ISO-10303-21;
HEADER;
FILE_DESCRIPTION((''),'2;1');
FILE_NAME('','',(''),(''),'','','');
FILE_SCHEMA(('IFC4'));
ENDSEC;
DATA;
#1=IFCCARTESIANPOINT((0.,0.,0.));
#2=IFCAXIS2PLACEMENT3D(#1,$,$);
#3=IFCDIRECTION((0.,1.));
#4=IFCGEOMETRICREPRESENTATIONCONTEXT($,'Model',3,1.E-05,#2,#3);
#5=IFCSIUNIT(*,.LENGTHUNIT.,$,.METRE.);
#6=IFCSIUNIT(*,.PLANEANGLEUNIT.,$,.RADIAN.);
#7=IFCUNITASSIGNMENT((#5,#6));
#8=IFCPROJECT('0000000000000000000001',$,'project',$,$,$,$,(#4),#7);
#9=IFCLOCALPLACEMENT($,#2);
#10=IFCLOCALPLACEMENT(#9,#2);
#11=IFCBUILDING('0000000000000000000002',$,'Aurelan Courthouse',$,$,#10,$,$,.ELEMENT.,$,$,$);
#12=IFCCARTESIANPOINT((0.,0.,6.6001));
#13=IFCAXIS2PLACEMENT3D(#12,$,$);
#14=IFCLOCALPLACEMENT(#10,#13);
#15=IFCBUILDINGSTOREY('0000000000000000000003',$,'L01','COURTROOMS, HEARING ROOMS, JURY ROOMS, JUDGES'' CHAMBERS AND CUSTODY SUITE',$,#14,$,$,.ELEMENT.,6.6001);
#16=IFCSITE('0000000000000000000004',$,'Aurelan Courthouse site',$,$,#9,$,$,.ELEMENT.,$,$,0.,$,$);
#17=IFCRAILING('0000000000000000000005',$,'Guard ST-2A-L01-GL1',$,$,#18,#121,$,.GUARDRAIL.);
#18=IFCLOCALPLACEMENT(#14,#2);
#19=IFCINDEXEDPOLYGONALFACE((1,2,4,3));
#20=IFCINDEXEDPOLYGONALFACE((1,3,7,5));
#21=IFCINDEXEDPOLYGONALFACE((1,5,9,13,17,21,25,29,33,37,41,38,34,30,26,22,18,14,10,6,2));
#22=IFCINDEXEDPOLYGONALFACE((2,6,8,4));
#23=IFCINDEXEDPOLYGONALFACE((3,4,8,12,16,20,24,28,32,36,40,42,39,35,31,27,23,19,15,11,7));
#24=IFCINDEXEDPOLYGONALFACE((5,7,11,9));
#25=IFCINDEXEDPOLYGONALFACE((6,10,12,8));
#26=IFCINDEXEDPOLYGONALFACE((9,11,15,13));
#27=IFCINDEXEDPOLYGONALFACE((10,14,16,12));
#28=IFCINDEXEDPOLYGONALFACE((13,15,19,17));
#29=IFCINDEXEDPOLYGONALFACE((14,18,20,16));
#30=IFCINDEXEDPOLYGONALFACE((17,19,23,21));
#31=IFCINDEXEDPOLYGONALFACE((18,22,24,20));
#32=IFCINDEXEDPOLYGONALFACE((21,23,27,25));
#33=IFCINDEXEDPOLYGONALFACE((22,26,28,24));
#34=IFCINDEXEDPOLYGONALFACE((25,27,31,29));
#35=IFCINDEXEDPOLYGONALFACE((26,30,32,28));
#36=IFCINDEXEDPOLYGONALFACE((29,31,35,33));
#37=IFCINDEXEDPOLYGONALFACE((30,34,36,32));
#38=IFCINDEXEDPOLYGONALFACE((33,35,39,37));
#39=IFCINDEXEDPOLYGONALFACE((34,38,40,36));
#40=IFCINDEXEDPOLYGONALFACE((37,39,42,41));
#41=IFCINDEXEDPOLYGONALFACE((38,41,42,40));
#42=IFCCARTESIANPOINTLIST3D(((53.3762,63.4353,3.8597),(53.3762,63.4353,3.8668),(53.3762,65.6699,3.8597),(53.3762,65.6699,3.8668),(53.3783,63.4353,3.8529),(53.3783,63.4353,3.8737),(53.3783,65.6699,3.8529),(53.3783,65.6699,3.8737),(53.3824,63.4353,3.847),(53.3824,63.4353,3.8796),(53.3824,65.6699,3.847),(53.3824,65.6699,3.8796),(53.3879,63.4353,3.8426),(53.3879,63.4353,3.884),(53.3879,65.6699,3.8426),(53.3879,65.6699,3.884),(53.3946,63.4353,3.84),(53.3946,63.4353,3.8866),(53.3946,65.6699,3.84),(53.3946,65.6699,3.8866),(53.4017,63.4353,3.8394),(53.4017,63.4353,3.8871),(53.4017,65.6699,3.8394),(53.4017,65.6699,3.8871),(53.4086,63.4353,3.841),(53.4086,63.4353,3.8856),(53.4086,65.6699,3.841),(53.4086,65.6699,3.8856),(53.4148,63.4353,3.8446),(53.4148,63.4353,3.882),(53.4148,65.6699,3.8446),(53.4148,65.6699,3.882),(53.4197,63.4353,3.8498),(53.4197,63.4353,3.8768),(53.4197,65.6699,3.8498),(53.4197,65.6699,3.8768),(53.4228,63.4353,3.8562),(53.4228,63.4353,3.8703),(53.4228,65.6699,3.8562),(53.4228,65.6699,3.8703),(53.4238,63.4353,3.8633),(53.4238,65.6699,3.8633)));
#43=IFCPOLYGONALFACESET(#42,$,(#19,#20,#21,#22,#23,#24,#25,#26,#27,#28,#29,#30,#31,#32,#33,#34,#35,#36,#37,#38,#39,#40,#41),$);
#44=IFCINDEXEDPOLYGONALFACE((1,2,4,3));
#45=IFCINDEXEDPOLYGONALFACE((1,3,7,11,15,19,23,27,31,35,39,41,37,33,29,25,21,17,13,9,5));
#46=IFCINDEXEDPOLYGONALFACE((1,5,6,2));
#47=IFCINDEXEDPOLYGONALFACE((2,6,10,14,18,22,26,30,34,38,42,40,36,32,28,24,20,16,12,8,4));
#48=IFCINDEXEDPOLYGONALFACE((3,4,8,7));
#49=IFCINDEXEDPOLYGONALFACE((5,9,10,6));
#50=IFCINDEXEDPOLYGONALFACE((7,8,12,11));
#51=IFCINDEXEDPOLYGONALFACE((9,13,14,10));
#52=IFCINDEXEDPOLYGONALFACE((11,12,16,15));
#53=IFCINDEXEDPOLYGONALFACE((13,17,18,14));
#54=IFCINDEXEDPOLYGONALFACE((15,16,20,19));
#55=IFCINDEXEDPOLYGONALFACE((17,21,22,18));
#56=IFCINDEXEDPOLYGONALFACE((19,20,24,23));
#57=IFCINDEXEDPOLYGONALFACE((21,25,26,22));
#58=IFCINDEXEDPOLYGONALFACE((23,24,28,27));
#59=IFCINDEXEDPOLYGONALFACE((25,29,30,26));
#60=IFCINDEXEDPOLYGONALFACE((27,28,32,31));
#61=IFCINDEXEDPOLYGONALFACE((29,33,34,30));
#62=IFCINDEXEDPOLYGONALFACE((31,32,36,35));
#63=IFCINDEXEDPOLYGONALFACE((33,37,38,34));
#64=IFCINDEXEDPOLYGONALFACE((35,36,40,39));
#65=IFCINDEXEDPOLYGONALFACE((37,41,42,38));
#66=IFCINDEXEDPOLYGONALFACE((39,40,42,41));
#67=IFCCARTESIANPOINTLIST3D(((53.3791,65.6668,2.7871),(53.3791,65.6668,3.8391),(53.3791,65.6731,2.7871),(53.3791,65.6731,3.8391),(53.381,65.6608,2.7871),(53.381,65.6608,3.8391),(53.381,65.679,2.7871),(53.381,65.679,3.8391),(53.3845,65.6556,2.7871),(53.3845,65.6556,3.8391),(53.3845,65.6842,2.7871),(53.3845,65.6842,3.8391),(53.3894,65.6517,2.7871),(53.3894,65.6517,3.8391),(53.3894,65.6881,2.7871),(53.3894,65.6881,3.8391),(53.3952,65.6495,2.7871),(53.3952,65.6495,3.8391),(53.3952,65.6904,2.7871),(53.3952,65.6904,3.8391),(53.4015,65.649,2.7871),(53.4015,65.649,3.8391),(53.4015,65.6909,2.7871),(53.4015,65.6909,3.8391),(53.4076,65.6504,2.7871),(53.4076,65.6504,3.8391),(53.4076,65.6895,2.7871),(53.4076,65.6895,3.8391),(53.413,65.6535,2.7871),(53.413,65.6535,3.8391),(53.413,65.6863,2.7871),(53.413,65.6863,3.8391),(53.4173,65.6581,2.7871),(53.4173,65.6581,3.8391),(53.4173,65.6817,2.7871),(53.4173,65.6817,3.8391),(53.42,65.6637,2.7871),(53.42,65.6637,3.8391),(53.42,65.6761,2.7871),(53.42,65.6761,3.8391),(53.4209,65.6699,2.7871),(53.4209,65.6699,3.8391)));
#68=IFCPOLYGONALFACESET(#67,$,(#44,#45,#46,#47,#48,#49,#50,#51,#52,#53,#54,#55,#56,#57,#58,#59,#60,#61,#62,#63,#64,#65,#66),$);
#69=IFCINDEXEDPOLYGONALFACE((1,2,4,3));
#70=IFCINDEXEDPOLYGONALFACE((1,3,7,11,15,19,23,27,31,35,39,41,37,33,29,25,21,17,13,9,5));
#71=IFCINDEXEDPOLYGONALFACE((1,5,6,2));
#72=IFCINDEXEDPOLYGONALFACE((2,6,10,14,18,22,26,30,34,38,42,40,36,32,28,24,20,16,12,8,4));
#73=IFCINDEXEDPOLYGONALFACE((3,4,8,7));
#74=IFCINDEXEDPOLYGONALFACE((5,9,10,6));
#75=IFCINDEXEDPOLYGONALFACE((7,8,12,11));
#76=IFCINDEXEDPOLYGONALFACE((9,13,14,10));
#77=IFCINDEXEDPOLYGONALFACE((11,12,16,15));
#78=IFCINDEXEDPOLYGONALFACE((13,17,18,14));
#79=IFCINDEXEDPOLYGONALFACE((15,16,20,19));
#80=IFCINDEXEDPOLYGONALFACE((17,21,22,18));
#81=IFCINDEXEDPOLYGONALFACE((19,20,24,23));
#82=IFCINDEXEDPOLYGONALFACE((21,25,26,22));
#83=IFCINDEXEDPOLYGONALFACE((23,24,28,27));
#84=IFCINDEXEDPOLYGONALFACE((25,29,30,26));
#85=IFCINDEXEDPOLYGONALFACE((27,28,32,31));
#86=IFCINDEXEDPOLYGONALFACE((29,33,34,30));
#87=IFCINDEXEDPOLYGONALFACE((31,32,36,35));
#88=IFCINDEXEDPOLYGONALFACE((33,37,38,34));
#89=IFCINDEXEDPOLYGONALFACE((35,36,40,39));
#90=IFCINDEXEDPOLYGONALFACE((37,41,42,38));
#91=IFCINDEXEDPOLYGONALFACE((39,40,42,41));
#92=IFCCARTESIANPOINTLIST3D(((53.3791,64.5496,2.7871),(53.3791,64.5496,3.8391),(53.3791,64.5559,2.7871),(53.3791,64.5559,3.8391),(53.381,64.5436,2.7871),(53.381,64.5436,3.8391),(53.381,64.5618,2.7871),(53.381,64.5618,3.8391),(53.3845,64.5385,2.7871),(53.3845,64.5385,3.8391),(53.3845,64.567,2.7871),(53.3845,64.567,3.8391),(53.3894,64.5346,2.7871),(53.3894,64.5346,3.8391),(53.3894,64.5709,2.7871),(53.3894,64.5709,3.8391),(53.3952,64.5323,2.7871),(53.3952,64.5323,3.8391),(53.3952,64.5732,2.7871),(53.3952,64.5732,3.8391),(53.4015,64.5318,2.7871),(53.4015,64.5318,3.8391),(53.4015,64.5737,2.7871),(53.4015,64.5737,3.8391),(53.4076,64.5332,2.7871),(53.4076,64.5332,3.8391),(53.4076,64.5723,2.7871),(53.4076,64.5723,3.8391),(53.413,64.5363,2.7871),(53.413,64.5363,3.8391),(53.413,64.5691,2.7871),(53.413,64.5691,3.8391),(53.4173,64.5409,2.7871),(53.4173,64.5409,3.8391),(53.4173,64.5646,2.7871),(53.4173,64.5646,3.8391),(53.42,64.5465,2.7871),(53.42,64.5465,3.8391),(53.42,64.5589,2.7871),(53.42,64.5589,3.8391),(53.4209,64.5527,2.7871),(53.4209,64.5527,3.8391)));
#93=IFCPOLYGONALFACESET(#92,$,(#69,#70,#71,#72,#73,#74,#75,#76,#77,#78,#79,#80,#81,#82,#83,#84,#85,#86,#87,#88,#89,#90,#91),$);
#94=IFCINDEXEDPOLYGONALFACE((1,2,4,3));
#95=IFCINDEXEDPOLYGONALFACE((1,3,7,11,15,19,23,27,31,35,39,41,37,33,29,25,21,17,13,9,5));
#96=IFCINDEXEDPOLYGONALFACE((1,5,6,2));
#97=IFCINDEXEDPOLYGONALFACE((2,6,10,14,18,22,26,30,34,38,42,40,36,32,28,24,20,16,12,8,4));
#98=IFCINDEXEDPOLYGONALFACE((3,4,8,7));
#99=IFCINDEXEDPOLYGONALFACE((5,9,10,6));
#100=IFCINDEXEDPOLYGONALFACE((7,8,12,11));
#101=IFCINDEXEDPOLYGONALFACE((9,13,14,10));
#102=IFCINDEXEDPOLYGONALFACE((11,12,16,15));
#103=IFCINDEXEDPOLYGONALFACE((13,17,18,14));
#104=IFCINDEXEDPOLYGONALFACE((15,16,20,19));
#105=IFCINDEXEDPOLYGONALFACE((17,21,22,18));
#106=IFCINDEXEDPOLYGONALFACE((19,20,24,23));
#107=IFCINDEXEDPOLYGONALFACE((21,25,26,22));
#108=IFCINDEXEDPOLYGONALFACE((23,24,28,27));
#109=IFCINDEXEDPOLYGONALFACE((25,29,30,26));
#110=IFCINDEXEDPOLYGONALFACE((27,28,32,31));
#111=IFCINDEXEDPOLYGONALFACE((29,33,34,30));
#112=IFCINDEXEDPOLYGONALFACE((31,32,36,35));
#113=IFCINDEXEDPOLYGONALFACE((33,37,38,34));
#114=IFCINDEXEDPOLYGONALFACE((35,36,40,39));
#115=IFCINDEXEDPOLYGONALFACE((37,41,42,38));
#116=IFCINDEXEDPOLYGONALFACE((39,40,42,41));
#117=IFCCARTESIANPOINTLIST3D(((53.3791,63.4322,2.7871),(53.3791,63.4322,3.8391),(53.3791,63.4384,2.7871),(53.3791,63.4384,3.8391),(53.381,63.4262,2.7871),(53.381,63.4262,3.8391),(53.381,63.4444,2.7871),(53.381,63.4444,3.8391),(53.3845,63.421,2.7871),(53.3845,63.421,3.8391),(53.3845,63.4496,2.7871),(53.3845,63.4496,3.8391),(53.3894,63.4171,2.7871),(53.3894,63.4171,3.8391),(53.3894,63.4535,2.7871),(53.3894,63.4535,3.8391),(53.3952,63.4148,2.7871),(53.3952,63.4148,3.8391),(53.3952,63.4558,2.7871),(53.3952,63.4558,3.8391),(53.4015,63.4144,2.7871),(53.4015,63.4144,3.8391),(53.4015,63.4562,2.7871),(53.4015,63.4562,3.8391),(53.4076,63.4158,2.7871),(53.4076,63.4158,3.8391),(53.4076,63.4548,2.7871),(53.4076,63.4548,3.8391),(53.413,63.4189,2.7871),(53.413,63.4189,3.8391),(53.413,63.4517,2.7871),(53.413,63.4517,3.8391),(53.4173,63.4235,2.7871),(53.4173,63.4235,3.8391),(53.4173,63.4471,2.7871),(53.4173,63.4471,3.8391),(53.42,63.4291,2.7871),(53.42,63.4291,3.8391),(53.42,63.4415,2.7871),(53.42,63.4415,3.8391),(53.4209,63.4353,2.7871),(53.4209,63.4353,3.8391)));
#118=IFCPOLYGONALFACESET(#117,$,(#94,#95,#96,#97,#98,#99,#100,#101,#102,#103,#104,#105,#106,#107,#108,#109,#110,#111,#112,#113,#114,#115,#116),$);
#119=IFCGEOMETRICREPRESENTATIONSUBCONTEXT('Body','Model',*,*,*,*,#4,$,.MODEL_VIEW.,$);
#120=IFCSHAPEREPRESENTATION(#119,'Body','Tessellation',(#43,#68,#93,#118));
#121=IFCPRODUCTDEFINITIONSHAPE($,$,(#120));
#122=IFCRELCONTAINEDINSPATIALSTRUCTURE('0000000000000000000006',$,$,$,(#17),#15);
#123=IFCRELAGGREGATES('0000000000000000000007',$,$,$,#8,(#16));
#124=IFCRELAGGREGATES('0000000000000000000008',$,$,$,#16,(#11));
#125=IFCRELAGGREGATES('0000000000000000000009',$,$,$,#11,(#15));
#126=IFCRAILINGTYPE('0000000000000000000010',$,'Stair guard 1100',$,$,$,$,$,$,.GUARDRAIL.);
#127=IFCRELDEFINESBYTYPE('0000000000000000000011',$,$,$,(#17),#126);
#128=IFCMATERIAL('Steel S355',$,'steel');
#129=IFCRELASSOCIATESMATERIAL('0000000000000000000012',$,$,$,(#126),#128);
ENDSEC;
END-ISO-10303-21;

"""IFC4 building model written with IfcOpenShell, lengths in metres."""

from ifc_helpers import new_model, si_unit, direction, frame, origin, origin_2d, place, context, subcontext, project, spatial, circle, extrude, material, type_object, element, save


model = new_model("IFC4")

# Units and contexts
model_context = context("Model", 3, precision=1e-05, world=origin(), true_north=direction((0.0, 1.0)))
body_context = subcontext(model_context, "Body", "Model", "MODEL_VIEW")
ifc_project = project(units=[si_unit("LENGTHUNIT", "METRE"), si_unit("PLANEANGLEUNIT", "RADIAN")], contexts=[model_context])

# Site, building, storey
site_placement = place(None, origin())
site = spatial("IfcSite", under=ifc_project, at=site_placement, Name="Aurelan Courthouse site", CompositionType="ELEMENT", RefElevation=0.0)
building_placement = place(site_placement, origin())
building = spatial("IfcBuilding", under=site, at=building_placement, Name="Aurelan Courthouse", CompositionType="ELEMENT")
storey_placement = place(building_placement, frame((0.0, 0.0, 6.6001)))
storey = spatial("IfcBuildingStorey", under=building, at=storey_placement, Name="L01", Description="COURTROOMS, HEARING ROOMS, JURY ROOMS, JUDGES' CHAMBERS AND CUSTODY SUITE", CompositionType="ELEMENT", Elevation=6.6001)

# Railing
ifc_material_1 = material(Name="Steel S355", Category="steel")
railing_type_1 = type_object("IfcRailingType", Name="Stair guard 1100", PredefinedType="GUARDRAIL", material=ifc_material_1)
railing_placement = place(storey_placement, frame((53.3999, 65.6699, 2.7871)))
element("IfcRailing", 1, at=railing_placement, inside=storey, type_object=railing_type_1, Name="Guard ST-2A-L01-GL1", PredefinedType="GUARDRAIL", context=body_context, shape_type="SweptSolid", body=[
    extrude(circle(Radius=0.0239, at=origin_2d()), frame((0.0, 0.0, 1.0762), z_axis=(0.0, -1.0, 0.0), x_axis=(1.0, 0.0, 0.0)), (0.0, 0.0, 1.0), 2.2346),
    extrude(circle(Radius=0.021, at=origin_2d()), origin(), (0.0, 0.0, 1.0), 1.052),
    extrude(circle(Radius=0.021, at=origin_2d()), frame((0.0, -1.1172, 0.0)), (0.0, 0.0, 1.0), 1.052),
    extrude(circle(Radius=0.021, at=origin_2d()), frame((0.0, -2.2346, 0.0)), (0.0, 0.0, 1.0), 1.052),
])

save(model, "model.ifc")
